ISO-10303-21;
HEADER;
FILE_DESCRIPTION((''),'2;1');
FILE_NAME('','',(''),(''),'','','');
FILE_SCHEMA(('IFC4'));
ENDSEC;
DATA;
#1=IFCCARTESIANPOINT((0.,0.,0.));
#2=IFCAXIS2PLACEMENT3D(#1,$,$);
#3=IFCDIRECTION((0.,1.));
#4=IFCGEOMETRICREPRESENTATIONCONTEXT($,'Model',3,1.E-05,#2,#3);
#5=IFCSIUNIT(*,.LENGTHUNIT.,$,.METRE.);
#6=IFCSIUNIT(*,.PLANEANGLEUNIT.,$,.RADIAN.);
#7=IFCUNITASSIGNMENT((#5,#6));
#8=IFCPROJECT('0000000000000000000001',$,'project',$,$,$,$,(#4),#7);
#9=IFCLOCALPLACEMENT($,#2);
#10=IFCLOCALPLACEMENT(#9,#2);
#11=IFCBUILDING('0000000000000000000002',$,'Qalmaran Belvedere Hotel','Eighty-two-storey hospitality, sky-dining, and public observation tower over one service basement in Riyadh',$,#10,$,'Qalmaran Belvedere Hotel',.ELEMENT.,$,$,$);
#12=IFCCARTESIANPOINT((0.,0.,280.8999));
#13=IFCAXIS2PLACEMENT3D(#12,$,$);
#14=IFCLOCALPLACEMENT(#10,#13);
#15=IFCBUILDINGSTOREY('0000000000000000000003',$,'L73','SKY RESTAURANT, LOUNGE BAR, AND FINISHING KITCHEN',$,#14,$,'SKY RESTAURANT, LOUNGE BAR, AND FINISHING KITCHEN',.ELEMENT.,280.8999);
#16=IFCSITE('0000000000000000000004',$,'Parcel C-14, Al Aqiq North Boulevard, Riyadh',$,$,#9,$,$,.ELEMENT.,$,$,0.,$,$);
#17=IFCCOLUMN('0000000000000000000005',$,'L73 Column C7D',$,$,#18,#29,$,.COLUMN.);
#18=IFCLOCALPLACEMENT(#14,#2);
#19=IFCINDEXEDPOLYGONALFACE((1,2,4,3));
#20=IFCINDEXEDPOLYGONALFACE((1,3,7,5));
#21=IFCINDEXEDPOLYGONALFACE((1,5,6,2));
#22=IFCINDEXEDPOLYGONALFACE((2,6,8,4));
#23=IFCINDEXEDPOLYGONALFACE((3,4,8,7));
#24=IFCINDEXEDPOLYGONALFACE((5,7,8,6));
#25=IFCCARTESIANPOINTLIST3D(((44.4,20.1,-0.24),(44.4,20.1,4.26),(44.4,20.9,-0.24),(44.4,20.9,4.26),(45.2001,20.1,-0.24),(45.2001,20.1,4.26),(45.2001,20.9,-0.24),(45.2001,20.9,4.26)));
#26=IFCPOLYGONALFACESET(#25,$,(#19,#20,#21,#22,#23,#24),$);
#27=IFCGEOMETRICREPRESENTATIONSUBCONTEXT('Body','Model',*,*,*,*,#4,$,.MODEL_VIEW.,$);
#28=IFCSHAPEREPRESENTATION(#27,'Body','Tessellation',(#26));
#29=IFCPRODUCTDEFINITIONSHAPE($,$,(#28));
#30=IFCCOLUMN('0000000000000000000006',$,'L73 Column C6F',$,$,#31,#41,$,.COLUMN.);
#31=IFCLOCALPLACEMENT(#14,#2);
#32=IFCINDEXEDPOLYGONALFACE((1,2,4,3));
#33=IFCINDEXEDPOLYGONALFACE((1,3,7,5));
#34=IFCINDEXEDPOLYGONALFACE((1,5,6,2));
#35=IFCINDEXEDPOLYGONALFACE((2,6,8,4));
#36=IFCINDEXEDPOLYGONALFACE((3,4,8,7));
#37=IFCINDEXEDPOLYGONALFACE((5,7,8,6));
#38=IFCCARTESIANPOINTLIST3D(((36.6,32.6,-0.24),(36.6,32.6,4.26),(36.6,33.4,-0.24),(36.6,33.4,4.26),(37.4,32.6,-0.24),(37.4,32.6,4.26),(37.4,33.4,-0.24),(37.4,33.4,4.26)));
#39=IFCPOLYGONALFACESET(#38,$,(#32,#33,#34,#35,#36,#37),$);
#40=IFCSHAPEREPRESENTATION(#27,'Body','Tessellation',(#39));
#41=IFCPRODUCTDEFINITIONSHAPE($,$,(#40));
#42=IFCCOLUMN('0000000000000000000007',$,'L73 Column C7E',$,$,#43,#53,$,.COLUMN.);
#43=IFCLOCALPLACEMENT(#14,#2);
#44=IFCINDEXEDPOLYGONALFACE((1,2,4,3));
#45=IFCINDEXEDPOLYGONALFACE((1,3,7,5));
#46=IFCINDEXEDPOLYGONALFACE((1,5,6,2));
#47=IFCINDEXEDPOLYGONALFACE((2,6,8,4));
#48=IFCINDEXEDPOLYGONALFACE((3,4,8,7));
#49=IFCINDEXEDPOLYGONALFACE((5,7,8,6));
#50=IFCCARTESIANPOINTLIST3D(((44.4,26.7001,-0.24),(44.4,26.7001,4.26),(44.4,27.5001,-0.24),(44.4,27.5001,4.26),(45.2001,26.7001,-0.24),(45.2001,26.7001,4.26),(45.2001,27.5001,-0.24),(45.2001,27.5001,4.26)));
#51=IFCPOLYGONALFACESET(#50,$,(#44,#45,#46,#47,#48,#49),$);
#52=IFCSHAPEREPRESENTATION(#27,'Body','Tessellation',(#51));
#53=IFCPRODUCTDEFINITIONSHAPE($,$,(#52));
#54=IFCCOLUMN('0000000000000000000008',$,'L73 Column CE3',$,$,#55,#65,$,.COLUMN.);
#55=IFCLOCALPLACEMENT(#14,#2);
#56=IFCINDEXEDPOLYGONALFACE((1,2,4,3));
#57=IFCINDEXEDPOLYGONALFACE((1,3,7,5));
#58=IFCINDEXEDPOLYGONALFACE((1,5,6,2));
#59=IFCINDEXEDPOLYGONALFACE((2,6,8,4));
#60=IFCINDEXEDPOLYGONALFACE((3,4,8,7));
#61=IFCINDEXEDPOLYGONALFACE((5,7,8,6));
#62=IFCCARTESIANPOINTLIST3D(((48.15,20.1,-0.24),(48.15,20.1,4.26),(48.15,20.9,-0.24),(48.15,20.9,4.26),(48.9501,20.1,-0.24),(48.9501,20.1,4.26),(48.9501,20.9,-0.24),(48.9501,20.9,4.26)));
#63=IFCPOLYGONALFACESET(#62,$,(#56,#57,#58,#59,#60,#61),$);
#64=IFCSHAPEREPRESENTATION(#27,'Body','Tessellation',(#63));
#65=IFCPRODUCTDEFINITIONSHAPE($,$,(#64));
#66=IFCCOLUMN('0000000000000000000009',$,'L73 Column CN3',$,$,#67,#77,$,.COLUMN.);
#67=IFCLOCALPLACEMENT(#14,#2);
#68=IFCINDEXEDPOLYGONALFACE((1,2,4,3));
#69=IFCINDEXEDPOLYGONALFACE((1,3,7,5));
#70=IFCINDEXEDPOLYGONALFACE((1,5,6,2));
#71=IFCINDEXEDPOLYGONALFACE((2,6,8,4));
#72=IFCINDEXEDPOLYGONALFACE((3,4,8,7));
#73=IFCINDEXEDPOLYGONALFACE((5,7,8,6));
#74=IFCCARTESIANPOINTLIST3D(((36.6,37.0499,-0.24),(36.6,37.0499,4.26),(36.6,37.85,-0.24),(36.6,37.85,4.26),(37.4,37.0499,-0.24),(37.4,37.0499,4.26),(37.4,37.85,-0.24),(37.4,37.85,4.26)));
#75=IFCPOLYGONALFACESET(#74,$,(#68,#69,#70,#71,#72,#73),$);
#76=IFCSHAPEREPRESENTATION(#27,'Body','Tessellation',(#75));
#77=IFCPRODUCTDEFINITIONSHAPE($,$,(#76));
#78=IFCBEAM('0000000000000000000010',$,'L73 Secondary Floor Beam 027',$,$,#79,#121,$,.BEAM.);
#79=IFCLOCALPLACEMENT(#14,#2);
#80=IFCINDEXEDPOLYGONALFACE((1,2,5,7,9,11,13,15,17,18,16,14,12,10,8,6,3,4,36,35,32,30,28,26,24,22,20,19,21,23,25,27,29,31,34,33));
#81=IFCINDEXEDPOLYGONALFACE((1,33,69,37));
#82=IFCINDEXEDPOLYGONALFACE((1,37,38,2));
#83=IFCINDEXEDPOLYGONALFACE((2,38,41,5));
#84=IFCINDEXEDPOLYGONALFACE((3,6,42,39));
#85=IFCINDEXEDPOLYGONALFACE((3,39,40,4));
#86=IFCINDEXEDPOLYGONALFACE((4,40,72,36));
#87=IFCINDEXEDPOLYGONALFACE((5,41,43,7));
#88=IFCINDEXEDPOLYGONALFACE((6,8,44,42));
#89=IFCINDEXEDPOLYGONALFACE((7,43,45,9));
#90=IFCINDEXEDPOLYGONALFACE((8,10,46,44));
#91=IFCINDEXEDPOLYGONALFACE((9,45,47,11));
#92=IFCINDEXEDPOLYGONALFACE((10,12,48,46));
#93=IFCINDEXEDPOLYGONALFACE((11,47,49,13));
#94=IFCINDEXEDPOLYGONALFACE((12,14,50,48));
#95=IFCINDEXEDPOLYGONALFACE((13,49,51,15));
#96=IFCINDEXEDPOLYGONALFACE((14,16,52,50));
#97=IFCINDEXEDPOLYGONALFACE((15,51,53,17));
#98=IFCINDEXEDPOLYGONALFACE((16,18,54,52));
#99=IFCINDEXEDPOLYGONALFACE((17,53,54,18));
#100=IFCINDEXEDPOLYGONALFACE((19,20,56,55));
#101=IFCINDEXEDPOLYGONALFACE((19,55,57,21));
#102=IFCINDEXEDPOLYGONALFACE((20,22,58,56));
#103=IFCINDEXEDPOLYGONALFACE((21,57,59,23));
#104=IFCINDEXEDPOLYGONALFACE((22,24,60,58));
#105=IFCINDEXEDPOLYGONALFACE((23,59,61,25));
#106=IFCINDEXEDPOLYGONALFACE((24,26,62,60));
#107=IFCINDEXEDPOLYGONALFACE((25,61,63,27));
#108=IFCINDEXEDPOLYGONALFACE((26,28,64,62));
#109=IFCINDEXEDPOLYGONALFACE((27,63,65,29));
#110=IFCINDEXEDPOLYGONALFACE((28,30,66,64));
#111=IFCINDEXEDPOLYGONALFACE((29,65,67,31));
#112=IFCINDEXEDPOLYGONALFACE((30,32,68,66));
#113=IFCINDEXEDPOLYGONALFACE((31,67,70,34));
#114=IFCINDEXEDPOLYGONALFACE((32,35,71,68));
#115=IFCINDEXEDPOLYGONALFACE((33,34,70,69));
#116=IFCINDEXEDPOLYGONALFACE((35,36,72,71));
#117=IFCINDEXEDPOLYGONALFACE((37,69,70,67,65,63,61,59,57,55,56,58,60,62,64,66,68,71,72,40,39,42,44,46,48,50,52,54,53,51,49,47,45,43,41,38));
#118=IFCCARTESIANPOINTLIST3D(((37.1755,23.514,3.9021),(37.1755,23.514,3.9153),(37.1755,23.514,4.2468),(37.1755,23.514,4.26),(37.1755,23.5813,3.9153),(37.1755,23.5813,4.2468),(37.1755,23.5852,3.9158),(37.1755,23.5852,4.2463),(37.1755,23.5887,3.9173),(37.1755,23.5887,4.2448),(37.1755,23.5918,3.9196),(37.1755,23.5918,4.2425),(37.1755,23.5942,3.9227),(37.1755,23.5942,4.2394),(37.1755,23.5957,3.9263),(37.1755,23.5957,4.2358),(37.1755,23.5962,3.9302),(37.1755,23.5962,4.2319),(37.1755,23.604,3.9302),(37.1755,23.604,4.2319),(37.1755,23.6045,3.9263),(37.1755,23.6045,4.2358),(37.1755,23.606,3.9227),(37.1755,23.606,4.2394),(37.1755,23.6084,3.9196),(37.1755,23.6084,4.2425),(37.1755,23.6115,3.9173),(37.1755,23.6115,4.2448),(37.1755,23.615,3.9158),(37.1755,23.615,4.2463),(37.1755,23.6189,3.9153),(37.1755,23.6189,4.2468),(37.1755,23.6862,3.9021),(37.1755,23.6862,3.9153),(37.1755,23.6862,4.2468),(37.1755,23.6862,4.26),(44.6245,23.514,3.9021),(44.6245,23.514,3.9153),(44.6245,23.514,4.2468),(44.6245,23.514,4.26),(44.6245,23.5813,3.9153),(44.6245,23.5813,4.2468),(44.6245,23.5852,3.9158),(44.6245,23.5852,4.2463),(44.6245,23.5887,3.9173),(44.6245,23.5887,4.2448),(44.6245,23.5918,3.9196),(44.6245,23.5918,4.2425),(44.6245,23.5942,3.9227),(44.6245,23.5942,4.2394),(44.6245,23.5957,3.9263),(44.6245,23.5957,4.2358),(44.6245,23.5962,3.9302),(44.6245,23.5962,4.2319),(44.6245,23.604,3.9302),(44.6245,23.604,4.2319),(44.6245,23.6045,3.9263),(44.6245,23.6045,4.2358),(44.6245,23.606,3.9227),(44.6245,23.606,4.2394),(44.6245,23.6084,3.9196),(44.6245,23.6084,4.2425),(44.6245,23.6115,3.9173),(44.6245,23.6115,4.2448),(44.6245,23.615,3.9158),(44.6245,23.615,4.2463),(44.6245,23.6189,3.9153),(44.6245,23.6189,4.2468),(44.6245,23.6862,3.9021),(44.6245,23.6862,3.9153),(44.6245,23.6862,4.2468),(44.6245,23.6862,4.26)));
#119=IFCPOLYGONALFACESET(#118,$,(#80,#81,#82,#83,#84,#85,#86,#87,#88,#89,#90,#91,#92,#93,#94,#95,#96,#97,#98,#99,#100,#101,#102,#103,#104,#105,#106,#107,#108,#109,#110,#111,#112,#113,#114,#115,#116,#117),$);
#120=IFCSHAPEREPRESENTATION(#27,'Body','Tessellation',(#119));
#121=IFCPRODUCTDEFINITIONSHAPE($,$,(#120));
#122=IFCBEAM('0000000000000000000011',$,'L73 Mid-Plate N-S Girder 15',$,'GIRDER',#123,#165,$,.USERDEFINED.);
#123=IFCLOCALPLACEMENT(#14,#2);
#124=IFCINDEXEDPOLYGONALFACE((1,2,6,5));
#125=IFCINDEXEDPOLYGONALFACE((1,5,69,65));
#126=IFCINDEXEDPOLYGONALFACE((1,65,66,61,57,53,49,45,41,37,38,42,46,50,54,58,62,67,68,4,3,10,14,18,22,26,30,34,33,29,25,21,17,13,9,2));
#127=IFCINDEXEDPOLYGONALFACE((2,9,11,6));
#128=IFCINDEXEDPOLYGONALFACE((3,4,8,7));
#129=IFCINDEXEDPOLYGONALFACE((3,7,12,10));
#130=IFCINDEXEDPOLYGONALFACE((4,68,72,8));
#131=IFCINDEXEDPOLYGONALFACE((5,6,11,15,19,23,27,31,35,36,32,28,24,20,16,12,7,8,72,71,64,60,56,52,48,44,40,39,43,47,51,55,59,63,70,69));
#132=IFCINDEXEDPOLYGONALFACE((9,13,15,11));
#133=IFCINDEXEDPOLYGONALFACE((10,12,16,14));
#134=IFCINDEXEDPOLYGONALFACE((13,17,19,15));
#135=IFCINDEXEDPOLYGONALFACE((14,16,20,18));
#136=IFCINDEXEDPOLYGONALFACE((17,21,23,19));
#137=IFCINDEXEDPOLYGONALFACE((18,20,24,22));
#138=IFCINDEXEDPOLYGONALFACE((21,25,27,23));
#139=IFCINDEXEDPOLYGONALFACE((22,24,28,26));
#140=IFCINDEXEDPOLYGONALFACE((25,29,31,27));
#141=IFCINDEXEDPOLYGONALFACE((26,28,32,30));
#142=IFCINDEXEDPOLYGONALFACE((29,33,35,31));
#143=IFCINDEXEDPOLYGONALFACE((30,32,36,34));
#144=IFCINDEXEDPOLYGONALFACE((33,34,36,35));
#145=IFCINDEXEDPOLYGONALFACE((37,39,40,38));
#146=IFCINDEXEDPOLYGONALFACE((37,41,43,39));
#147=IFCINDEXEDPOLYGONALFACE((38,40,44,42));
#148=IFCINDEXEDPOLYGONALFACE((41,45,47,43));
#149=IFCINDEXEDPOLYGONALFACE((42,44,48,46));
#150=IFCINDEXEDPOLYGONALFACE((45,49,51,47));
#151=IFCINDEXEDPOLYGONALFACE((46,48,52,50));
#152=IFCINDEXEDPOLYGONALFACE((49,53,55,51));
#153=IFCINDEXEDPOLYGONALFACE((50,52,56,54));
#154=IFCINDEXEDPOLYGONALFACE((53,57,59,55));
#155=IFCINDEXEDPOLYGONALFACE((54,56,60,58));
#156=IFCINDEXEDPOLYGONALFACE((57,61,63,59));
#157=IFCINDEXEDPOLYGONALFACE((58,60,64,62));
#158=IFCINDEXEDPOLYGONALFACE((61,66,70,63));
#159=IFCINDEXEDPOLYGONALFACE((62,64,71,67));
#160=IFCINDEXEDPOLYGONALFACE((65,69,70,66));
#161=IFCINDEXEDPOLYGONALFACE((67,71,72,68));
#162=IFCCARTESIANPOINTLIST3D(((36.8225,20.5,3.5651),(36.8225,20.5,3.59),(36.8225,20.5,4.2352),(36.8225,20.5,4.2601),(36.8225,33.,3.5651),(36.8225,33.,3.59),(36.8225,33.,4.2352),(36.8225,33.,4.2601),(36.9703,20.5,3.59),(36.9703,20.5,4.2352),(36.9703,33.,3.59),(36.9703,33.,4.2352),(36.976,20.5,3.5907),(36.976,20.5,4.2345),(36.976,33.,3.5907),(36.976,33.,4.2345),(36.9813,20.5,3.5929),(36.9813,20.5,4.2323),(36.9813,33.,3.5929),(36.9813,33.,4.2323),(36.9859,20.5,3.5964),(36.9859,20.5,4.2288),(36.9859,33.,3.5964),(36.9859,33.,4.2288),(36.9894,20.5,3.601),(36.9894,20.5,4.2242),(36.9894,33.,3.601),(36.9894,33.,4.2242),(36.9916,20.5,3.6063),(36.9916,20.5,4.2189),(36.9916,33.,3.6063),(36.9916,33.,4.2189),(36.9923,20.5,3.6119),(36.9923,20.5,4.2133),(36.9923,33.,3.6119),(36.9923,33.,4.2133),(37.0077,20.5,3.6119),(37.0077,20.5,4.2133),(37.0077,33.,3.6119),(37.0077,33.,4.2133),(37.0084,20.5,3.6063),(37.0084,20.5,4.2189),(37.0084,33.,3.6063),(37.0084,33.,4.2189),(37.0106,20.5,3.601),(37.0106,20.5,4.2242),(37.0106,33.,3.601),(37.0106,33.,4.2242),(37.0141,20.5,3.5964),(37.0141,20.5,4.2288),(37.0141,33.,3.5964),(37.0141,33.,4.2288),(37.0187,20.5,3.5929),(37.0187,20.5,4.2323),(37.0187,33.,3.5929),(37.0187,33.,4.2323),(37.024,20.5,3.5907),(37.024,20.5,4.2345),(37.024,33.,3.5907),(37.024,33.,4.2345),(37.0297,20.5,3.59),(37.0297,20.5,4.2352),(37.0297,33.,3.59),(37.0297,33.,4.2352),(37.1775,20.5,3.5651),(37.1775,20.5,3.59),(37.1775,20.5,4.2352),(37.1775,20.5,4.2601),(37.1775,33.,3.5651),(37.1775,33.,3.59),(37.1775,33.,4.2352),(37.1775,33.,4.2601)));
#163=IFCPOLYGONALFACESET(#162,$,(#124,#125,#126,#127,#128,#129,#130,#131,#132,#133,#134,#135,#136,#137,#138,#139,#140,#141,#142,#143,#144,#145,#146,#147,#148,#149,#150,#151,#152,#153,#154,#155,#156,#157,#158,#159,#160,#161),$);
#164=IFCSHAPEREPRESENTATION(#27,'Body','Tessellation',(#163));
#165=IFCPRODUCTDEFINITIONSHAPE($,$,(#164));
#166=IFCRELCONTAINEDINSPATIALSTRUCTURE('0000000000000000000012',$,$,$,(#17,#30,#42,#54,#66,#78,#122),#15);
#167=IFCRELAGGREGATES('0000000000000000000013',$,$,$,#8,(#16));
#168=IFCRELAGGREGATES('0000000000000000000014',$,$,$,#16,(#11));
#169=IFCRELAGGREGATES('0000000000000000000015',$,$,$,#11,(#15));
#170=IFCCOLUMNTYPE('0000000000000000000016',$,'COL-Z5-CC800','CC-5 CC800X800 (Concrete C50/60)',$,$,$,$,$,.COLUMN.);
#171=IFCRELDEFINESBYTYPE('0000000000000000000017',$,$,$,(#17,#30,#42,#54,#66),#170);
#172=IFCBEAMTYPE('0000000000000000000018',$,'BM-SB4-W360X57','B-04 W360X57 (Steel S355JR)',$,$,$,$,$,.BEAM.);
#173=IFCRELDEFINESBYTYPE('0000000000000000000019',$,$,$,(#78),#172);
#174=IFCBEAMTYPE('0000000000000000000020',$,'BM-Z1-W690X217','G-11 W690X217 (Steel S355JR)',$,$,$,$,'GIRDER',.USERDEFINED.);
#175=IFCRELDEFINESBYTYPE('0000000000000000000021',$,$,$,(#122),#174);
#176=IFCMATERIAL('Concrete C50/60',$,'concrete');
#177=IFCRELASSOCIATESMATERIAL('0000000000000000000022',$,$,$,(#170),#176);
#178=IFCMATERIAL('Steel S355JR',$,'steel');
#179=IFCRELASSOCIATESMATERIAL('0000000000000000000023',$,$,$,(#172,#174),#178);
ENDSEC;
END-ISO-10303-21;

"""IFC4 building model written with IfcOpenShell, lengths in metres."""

from ifc_helpers import new_model, si_unit, direction, frame, origin, origin_2d, place, context, subcontext, project, spatial, rectangle, i_section, extrude, material, material_profile, profile_set, type_object, element, save


model = new_model("IFC4")

# Units and contexts
model_context = context("Model", 3, precision=1e-05, world=origin(), true_north=direction((0.0, 1.0)))
body_context = subcontext(model_context, "Body", "Model", "MODEL_VIEW")
ifc_project = project(units=[si_unit("LENGTHUNIT", "METRE"), si_unit("PLANEANGLEUNIT", "RADIAN")], contexts=[model_context])

# Site, building, storey
site_placement = place(None, origin())
site = spatial("IfcSite", under=ifc_project, at=site_placement, Name="Parcel C-14, Al Aqiq North Boulevard, Riyadh", CompositionType="ELEMENT", RefElevation=0.0)
building_placement = place(site_placement, origin())
building = spatial("IfcBuilding", under=site, at=building_placement, Name="Qalmaran Belvedere Hotel", Description="Eighty-two-storey hospitality, sky-dining, and public observation tower over one service basement in Riyadh", LongName="Qalmaran Belvedere Hotel", CompositionType="ELEMENT")
storey_placement = place(building_placement, frame((0.0, 0.0, 280.8999)))
storey = spatial("IfcBuildingStorey", under=building, at=storey_placement, Name="L73", Description="SKY RESTAURANT, LOUNGE BAR, AND FINISHING KITCHEN", LongName="SKY RESTAURANT, LOUNGE BAR, AND FINISHING KITCHEN", CompositionType="ELEMENT", Elevation=280.8999)

# Columns
ifc_material_1 = material(Name="Concrete C50/60", Category="concrete")
ifc_material_profile_1 = material_profile(ifc_material_1, rectangle(XDim=0.8, YDim=0.8, at=origin_2d()), Name="CC800X800")
ifc_profile_set_1 = profile_set([ifc_material_profile_1], Name="Concrete C50/60")
column_type = type_object("IfcColumnType", Name="COL-Z5-CC800", Description="CC-5 CC800X800 (Concrete C50/60)", PredefinedType="COLUMN", material=ifc_profile_set_1)
for number, where, z_axis, x_axis, name in (
    (1, (44.8, 20.5, -0.24), (0.0, 0.0, 1.0), (1.0, 0.0, 0.0), "L73 Column C7D"),
    (2, (37.0, 33.0, -0.24), (0.0, 0.0, 1.0), (1.0, 0.0, 0.0), "L73 Column C6F"),
    (3, (44.8, 27.1001, -0.24), (0.0, 0.0, 1.0), (1.0, 0.0, 0.0), "L73 Column C7E"),
    (4, (48.55, 20.5, -0.24), (0.0, 0.0, 1.0), (1.0, 0.0, 0.0), "L73 Column CE3"),
    (5, (37.0, 37.45, -0.24), (0.0, 0.0, 1.0), (1.0, 0.0, 0.0), "L73 Column CN3"),
):
    element("IfcColumn", number, at=place(storey_placement, frame(where, z_axis=z_axis, x_axis=x_axis)), inside=storey, type_object=column_type, Name=name, PredefinedType="COLUMN", context=body_context, shape_type="SweptSolid", body=[
        extrude(rectangle(XDim=0.8, YDim=0.8, at=origin_2d()), origin(), (0.0, 0.0, 1.0), 4.5),
    ])

# Beams
ifc_material_2 = material(Name="Steel S355JR", Category="steel")
ifc_material_profile_2 = material_profile(ifc_material_2, i_section(OverallWidth=0.1721, OverallDepth=0.3579, WebThickness=0.0078, FlangeThickness=0.0132, FilletRadius=0.0149, at=origin_2d()), Name="W360X57")
ifc_profile_set_2 = profile_set([ifc_material_profile_2], Name="Steel S355JR")
beam_type_1 = type_object("IfcBeamType", Name="BM-SB4-W360X57", Description="B-04 W360X57 (Steel S355JR)", PredefinedType="BEAM", material=ifc_profile_set_2)
beam_1_placement = place(storey_placement, frame((37.1755, 23.6001, 4.0811), z_axis=(1.0, 0.0, 0.0), x_axis=(0.0, 1.0, 0.0)))
element("IfcBeam", 6, at=beam_1_placement, inside=storey, type_object=beam_type_1, Name="L73 Secondary Floor Beam 027", PredefinedType="BEAM", context=body_context, shape_type="SweptSolid", body=[
    extrude(i_section(OverallWidth=0.1721, OverallDepth=0.3579, WebThickness=0.0078, FlangeThickness=0.0132, FilletRadius=0.0149, at=origin_2d()), origin(), (0.0, 0.0, 1.0), 7.449),
])
ifc_material_profile_3 = material_profile(ifc_material_2, i_section(OverallWidth=0.355, OverallDepth=0.6951, WebThickness=0.0154, FlangeThickness=0.0249, FilletRadius=0.022, at=origin_2d()), Name="W690X217")
ifc_profile_set_3 = profile_set([ifc_material_profile_3], Name="Steel S355JR")
beam_type_2 = type_object("IfcBeamType", Name="BM-Z1-W690X217", Description="G-11 W690X217 (Steel S355JR)", ElementType="GIRDER", PredefinedType="USERDEFINED", material=ifc_profile_set_3)
beam_2_placement = place(storey_placement, frame((37.0, 20.5, 3.9126), z_axis=(0.0, 1.0, 0.0), x_axis=(-1.0, 0.0, 0.0)))
element("IfcBeam", 7, at=beam_2_placement, inside=storey, type_object=beam_type_2, Name="L73 Mid-Plate N-S Girder 15", ObjectType="GIRDER", PredefinedType="USERDEFINED", context=body_context, shape_type="SweptSolid", body=[
    extrude(i_section(OverallWidth=0.355, OverallDepth=0.6951, WebThickness=0.0154, FlangeThickness=0.0249, FilletRadius=0.022, at=origin_2d()), origin(), (0.0, 0.0, 1.0), 12.5),
])

save(model, "model.ifc")
